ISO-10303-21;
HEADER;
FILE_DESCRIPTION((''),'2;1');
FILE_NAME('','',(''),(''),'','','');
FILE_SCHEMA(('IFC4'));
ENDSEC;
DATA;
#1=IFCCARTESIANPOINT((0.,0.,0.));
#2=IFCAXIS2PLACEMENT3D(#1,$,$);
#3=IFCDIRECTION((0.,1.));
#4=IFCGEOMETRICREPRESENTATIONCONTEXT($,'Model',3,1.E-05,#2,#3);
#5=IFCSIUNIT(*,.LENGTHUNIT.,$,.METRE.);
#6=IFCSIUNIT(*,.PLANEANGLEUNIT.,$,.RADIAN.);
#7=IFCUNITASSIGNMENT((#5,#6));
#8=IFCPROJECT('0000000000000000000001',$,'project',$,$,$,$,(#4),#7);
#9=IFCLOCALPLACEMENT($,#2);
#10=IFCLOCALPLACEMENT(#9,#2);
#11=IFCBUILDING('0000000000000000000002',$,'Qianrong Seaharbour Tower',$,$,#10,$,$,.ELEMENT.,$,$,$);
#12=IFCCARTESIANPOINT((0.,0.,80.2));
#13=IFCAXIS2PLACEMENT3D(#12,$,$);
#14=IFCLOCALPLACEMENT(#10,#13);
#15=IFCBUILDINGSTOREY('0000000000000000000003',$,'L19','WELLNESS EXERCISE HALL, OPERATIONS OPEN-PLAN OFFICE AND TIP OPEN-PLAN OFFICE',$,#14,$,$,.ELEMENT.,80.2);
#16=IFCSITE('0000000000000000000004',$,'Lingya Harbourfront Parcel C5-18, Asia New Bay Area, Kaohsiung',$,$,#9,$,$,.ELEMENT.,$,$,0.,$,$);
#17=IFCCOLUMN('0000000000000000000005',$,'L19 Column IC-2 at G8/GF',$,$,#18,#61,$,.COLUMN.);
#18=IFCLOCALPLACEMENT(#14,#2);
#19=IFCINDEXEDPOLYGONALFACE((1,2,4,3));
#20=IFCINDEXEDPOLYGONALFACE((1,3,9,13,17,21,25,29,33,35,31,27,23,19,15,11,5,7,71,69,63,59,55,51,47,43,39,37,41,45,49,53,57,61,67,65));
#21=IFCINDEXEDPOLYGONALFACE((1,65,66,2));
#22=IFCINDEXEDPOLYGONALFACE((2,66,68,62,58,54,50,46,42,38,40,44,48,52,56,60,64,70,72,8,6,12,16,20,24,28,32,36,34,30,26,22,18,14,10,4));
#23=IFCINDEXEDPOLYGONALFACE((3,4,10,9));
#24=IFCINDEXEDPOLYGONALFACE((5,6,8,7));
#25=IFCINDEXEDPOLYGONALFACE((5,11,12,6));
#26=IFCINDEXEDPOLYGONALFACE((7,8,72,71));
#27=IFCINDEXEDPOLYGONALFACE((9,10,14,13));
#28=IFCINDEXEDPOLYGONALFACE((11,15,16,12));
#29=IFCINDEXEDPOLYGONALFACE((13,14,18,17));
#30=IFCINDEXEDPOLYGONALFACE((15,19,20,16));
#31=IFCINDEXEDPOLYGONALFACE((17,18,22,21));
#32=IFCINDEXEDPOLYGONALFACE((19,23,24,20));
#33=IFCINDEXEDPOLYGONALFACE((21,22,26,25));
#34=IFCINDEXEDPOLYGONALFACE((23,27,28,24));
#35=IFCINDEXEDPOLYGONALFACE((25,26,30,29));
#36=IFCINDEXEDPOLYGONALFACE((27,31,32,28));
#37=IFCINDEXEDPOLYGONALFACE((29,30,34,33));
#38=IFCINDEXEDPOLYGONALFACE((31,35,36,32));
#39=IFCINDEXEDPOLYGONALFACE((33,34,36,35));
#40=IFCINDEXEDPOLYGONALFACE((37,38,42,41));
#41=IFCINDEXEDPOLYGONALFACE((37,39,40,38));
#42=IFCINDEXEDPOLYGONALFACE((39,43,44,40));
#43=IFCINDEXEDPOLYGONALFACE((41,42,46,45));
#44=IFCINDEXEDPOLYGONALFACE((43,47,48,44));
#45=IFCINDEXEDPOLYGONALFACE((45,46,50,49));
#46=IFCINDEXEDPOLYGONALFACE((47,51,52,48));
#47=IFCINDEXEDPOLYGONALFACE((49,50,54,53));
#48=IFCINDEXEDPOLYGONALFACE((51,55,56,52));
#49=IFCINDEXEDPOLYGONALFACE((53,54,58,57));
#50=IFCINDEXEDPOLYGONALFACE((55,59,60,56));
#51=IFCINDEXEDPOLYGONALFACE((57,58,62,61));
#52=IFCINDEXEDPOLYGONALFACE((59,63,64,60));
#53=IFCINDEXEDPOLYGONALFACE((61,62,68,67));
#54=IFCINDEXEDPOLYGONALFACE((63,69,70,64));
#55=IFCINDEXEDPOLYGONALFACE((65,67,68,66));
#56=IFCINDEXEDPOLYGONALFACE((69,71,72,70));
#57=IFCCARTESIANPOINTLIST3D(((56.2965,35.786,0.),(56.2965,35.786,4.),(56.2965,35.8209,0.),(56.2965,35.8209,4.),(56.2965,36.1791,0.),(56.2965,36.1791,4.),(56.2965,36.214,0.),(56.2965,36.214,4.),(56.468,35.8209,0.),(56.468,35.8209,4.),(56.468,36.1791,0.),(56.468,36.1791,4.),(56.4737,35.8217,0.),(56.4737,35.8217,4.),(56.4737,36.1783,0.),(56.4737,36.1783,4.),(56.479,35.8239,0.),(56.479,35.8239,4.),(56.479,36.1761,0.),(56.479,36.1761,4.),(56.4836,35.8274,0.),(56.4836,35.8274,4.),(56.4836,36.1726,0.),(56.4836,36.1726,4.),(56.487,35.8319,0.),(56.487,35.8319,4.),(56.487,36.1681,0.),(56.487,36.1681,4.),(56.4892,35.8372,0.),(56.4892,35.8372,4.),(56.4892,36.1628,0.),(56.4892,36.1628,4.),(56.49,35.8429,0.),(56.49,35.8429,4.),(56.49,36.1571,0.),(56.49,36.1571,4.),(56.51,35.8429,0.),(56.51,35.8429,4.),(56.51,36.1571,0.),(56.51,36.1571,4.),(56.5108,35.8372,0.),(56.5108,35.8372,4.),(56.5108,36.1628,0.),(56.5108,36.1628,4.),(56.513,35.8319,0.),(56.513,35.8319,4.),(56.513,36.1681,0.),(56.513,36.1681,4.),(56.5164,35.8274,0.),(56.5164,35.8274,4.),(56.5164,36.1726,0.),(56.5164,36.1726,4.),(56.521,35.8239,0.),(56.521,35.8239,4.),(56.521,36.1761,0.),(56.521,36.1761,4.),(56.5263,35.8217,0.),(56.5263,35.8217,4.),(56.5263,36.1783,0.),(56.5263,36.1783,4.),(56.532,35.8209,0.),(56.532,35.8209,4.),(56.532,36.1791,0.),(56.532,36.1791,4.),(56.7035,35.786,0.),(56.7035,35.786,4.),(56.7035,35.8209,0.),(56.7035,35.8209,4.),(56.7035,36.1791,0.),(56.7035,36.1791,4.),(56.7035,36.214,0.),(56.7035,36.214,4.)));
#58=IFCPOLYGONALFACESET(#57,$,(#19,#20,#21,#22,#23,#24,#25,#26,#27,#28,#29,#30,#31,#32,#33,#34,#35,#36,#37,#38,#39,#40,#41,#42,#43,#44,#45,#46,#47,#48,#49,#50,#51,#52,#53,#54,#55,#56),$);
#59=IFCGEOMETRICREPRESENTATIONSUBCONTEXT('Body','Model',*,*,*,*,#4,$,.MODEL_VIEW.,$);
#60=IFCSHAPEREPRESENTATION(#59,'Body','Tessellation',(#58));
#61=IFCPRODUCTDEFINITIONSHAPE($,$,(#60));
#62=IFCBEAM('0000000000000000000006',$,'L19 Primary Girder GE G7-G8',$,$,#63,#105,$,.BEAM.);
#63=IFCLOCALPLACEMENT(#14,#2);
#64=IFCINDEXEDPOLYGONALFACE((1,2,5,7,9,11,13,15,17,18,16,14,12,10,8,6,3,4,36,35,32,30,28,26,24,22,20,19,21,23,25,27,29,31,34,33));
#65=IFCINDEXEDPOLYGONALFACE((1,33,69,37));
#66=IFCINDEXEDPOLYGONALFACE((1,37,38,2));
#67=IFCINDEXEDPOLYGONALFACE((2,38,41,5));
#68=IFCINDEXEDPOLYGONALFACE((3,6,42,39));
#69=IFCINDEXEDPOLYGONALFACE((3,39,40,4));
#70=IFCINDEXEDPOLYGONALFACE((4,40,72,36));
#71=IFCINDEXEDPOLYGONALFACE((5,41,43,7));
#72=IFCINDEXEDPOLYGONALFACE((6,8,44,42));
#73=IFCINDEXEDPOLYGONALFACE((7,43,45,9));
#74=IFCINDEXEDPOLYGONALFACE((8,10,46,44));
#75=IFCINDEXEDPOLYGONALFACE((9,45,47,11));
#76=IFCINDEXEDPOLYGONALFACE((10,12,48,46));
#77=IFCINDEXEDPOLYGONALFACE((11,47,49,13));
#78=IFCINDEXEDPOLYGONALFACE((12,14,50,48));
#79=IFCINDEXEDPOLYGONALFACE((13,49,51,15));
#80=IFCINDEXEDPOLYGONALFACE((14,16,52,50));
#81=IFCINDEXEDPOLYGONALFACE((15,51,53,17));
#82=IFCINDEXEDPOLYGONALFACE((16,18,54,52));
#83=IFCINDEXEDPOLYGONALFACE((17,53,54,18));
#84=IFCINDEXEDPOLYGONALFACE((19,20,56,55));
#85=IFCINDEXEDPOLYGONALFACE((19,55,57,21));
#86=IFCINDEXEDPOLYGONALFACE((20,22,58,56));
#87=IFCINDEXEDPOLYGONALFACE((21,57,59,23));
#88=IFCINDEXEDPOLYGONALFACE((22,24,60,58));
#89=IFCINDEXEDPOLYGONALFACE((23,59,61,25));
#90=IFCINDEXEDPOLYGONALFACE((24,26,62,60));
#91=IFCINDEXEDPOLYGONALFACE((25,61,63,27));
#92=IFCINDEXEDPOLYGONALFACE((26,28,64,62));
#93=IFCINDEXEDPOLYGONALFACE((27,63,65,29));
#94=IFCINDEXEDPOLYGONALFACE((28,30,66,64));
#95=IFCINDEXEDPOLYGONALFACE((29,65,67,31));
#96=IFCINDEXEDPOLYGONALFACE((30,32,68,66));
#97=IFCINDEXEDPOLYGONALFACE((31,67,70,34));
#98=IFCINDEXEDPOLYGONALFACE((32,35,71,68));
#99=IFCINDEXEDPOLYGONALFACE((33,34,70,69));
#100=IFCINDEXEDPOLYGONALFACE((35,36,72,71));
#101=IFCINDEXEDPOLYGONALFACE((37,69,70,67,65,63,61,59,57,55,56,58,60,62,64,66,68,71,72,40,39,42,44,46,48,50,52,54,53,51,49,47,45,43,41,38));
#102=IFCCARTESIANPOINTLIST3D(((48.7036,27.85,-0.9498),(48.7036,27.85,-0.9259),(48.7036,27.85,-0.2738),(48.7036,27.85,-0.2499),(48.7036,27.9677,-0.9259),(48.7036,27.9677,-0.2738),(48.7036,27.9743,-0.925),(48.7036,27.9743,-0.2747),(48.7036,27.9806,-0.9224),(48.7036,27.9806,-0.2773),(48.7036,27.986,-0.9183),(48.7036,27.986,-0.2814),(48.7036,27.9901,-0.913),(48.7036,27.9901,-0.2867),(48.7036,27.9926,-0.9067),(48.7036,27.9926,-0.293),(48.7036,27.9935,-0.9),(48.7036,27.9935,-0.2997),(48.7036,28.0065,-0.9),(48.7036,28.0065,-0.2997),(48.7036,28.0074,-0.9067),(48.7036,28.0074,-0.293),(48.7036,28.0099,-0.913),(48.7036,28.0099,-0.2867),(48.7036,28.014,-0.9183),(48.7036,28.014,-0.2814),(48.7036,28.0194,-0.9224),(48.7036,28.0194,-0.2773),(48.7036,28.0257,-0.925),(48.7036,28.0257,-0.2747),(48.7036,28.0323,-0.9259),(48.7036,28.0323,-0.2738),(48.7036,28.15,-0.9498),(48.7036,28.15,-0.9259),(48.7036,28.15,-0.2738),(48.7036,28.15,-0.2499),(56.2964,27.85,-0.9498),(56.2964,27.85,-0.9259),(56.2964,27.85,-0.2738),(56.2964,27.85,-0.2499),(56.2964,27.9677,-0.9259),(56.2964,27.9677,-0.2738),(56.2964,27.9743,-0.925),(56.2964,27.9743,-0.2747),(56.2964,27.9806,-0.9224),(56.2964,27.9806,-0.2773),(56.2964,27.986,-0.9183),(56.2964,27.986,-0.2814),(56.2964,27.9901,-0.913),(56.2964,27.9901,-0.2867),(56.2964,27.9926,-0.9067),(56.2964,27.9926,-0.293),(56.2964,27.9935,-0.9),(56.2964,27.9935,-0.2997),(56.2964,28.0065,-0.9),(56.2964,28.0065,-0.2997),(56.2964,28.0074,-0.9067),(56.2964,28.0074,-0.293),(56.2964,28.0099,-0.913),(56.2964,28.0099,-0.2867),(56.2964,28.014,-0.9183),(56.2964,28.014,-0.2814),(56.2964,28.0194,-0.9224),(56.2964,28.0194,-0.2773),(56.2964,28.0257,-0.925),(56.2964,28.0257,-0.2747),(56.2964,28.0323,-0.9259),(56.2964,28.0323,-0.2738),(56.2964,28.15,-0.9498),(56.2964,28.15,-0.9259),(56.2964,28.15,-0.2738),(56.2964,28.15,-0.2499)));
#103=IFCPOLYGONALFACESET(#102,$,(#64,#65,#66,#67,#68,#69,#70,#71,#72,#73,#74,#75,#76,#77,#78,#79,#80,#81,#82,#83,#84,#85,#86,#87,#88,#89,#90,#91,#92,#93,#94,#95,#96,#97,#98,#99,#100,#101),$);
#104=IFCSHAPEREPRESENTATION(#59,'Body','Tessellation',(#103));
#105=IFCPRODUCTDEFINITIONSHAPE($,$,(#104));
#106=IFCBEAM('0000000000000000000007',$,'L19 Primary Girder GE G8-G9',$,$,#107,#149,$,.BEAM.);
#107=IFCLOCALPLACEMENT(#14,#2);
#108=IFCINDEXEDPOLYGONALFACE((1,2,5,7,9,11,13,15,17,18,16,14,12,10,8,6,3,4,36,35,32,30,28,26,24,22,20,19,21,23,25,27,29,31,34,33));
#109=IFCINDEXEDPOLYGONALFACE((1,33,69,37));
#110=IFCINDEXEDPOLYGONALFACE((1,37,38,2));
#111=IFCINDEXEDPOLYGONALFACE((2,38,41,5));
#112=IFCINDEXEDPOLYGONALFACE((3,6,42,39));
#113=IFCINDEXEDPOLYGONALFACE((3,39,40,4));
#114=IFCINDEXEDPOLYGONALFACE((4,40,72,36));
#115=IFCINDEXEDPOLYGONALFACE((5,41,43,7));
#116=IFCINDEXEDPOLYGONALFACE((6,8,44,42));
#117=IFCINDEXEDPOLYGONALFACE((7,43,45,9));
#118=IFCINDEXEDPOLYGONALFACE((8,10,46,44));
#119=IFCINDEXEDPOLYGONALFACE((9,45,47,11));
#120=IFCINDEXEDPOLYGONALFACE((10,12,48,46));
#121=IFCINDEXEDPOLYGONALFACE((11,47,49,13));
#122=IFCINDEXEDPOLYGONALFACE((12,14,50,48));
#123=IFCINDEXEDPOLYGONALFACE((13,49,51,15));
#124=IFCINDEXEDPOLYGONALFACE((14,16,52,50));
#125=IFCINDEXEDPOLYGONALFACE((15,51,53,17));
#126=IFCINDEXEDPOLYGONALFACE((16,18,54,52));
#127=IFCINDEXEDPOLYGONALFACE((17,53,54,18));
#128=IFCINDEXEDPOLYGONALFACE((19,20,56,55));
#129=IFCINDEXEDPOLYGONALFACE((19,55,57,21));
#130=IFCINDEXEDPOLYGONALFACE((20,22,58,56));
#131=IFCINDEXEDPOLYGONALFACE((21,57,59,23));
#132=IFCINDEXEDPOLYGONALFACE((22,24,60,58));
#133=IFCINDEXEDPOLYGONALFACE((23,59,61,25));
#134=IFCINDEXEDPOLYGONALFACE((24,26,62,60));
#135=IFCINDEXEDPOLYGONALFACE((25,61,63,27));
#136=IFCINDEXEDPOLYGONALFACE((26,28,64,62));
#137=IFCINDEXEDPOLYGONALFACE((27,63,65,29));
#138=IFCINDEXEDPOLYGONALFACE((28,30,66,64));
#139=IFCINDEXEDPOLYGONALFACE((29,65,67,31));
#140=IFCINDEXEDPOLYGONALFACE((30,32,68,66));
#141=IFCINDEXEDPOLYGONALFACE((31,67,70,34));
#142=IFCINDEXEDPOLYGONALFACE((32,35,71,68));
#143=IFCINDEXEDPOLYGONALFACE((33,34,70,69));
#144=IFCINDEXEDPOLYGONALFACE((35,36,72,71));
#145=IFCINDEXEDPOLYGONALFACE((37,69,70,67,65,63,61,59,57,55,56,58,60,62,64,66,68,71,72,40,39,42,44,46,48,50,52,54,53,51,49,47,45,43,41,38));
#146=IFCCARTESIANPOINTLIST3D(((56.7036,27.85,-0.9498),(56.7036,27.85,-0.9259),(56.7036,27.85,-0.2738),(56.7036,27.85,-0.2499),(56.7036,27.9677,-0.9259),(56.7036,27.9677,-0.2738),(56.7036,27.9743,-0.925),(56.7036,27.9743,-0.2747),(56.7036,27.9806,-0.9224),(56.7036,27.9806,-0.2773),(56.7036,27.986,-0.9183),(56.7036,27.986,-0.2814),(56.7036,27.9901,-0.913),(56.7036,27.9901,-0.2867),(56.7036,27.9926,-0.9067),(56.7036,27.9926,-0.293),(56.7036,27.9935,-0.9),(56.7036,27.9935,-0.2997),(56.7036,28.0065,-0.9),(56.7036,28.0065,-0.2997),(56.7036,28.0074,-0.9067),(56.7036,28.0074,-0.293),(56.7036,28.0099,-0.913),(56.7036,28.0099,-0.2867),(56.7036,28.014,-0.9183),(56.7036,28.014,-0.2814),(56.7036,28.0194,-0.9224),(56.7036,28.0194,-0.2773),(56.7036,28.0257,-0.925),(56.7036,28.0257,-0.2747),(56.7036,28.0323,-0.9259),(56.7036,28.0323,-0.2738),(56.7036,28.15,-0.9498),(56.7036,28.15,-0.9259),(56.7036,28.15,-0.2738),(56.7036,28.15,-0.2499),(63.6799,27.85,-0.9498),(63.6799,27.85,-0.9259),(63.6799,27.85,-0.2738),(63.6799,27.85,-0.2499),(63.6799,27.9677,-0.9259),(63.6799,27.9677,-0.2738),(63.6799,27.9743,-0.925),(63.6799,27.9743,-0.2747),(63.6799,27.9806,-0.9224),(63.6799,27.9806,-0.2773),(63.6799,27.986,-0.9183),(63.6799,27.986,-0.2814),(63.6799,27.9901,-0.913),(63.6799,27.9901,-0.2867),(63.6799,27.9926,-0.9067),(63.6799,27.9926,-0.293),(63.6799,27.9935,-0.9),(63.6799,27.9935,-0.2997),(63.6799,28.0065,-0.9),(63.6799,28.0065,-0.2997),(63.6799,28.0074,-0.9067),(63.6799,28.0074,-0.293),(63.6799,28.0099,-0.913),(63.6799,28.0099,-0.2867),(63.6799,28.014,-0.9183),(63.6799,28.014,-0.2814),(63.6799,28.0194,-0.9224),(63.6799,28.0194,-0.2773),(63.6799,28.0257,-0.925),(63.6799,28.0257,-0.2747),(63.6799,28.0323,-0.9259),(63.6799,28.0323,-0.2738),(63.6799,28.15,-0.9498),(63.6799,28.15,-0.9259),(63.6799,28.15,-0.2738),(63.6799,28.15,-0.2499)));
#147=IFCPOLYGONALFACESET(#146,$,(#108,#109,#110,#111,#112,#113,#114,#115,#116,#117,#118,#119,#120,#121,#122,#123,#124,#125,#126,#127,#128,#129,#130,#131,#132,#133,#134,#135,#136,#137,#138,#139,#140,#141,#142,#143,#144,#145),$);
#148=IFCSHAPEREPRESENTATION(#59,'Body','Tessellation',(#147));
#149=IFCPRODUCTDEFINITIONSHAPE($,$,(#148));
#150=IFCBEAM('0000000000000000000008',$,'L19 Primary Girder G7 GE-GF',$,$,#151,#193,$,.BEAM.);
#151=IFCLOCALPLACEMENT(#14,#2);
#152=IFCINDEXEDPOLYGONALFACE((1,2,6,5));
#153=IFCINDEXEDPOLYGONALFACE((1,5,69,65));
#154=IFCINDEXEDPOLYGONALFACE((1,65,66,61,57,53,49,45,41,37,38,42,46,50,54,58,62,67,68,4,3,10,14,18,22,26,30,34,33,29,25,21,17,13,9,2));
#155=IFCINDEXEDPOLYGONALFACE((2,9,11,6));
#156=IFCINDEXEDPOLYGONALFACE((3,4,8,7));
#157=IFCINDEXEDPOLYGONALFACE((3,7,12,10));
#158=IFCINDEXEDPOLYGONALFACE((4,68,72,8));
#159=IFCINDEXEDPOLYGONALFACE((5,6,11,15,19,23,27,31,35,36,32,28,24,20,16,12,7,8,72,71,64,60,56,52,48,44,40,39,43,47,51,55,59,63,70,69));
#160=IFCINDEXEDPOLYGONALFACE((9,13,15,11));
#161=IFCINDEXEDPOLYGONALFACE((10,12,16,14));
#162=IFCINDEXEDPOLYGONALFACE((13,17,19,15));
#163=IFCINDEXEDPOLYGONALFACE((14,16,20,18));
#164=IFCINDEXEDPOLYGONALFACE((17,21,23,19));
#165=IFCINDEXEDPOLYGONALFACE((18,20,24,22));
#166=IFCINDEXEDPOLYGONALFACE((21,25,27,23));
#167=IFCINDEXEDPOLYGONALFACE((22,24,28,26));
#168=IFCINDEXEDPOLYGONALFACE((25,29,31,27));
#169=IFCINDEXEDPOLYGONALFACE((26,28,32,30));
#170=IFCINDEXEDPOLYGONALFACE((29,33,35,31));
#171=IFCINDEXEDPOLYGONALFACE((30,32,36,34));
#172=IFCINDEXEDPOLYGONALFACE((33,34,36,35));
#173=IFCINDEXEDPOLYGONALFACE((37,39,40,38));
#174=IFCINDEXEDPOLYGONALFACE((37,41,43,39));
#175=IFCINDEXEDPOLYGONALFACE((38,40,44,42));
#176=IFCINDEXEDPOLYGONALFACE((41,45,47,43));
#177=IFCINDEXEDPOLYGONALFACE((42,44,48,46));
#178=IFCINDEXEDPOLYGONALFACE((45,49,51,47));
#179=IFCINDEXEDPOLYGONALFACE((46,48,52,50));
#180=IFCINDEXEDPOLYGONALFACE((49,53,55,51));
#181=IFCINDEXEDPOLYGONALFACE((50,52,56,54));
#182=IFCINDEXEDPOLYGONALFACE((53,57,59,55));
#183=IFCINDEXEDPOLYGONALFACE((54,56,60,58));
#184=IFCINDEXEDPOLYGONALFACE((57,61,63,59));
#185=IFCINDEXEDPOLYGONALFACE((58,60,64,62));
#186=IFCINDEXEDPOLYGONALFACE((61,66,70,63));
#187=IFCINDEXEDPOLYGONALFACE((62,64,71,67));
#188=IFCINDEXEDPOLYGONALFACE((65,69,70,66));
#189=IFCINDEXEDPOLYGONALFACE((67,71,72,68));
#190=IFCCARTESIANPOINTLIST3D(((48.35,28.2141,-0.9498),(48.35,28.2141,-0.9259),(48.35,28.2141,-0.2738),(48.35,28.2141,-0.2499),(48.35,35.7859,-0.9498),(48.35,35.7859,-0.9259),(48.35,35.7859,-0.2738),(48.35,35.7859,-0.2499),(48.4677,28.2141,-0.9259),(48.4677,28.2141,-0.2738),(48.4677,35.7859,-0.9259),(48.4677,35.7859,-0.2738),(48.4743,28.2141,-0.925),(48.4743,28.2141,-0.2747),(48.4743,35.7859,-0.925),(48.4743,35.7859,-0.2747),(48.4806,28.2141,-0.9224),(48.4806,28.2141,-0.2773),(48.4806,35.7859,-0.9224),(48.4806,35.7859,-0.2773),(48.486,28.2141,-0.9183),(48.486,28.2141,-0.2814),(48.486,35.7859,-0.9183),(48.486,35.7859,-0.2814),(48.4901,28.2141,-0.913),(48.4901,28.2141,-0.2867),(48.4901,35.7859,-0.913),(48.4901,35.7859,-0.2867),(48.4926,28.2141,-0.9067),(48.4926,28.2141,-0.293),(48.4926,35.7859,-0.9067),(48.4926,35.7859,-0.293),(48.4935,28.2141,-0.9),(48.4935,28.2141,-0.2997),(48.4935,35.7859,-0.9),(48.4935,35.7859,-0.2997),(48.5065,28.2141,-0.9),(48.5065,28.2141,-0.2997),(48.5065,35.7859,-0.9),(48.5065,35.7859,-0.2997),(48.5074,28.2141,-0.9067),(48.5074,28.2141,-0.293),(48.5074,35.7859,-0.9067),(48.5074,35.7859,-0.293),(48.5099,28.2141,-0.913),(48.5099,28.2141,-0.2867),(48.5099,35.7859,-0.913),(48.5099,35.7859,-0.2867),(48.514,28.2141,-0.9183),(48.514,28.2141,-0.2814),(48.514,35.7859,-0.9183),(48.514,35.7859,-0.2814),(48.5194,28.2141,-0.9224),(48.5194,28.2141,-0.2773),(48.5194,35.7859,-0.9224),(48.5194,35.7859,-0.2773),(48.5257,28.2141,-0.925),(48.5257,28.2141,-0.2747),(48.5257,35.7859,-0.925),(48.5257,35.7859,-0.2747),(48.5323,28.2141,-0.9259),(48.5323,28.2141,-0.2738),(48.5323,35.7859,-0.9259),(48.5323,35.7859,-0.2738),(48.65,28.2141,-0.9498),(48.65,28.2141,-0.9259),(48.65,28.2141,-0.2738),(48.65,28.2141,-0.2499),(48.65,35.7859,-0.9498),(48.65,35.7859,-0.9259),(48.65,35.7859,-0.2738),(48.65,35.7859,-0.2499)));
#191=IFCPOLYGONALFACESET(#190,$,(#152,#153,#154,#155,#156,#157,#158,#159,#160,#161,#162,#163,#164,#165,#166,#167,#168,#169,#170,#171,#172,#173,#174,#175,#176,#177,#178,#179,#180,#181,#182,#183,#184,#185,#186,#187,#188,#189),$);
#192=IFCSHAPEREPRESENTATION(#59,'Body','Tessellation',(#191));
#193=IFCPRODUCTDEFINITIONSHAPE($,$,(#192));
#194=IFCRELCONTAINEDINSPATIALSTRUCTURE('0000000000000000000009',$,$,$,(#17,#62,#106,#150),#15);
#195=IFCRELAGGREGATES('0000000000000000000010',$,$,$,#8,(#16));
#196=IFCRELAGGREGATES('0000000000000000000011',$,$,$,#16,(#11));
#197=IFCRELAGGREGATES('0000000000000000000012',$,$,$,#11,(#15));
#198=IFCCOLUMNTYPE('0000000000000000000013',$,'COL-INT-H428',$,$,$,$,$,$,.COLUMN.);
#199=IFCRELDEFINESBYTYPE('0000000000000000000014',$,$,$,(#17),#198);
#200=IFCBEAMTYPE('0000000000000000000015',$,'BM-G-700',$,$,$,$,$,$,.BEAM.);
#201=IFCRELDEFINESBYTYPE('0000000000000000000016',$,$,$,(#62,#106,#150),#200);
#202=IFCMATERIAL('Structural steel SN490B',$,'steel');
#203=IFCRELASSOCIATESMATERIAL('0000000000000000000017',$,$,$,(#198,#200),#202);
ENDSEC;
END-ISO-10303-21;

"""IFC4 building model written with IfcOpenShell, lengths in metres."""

from ifc_helpers import new_model, si_unit, direction, frame, origin, origin_2d, place, context, subcontext, project, spatial, i_section, extrude, material, material_profile, profile_set, type_object, element, save


model = new_model("IFC4")

# Units and contexts
model_context = context("Model", 3, precision=1e-05, world=origin(), true_north=direction((0.0, 1.0)))
body_context = subcontext(model_context, "Body", "Model", "MODEL_VIEW")
ifc_project = project(units=[si_unit("LENGTHUNIT", "METRE"), si_unit("PLANEANGLEUNIT", "RADIAN")], contexts=[model_context])

# Site, building, storey
site_placement = place(None, origin())
site = spatial("IfcSite", under=ifc_project, at=site_placement, Name="Lingya Harbourfront Parcel C5-18, Asia New Bay Area, Kaohsiung", CompositionType="ELEMENT", RefElevation=0.0)
building_placement = place(site_placement, origin())
building = spatial("IfcBuilding", under=site, at=building_placement, Name="Qianrong Seaharbour Tower", CompositionType="ELEMENT")
storey_placement = place(building_placement, frame((0.0, 0.0, 80.2)))
storey = spatial("IfcBuildingStorey", under=building, at=storey_placement, Name="L19", Description="WELLNESS EXERCISE HALL, OPERATIONS OPEN-PLAN OFFICE AND TIP OPEN-PLAN OFFICE", CompositionType="ELEMENT", Elevation=80.2)

# Column
ifc_material_1 = material(Name="Structural steel SN490B", Category="steel")
ifc_material_profile_1 = material_profile(ifc_material_1, i_section(OverallWidth=0.407, OverallDepth=0.428, WebThickness=0.02, FlangeThickness=0.0349, FilletRadius=0.022, at=origin_2d()), Name="H428x407x20x35")
ifc_profile_set_1 = profile_set([ifc_material_profile_1], Name="Structural steel SN490B")
column_type_1 = type_object("IfcColumnType", Name="COL-INT-H428", PredefinedType="COLUMN", material=ifc_profile_set_1)
for number, where, z_axis, x_axis, name in (
    (1, (56.5, 36.0, 0.0), (0.0, 0.0, 1.0), (1.0, 0.0, 0.0), "L19 Column IC-2 at G8/GF"),
):
    element("IfcColumn", number, at=place(storey_placement, frame(where, z_axis=z_axis, x_axis=x_axis)), inside=storey, type_object=column_type_1, Name=name, PredefinedType="COLUMN", context=body_context, shape_type="SweptSolid", body=[
        extrude(i_section(OverallWidth=0.407, OverallDepth=0.428, WebThickness=0.02, FlangeThickness=0.0349, FilletRadius=0.022, at=origin_2d()), origin(), (0.0, 0.0, 1.0), 4.0),
    ])

# Beams
ifc_material_profile_2 = material_profile(ifc_material_1, i_section(OverallWidth=0.3, OverallDepth=0.7, WebThickness=0.0129, FlangeThickness=0.0239, FilletRadius=0.0259, at=origin_2d()), Name="H700x300x13x24")
ifc_profile_set_2 = profile_set([ifc_material_profile_2], Name="Structural steel SN490B")
beam_type_1 = type_object("IfcBeamType", Name="BM-G-700", PredefinedType="BEAM", material=ifc_profile_set_2)
beam_1_placement = place(storey_placement, frame((48.7036, 28.0, -0.5999), z_axis=(1.0, 0.0, 0.0), x_axis=(0.0, 1.0, 0.0)))
element("IfcBeam", 2, at=beam_1_placement, inside=storey, type_object=beam_type_1, Name="L19 Primary Girder GE G7-G8", PredefinedType="BEAM", context=body_context, shape_type="SweptSolid", body=[
    extrude(i_section(OverallWidth=0.3, OverallDepth=0.7, WebThickness=0.0129, FlangeThickness=0.0239, FilletRadius=0.0259, at=origin_2d()), origin(), (0.0, 0.0, 1.0), 7.5928),
])
beam_2_placement = place(storey_placement, frame((56.7036, 28.0, -0.5999), z_axis=(1.0, 0.0, 0.0), x_axis=(0.0, 1.0, 0.0)))
element("IfcBeam", 3, at=beam_2_placement, inside=storey, type_object=beam_type_1, Name="L19 Primary Girder GE G8-G9", PredefinedType="BEAM", context=body_context, shape_type="SweptSolid", body=[
    extrude(i_section(OverallWidth=0.3, OverallDepth=0.7, WebThickness=0.0129, FlangeThickness=0.0239, FilletRadius=0.0259, at=origin_2d()), origin(), (0.0, 0.0, 1.0), 6.9763),
])
for number, where, z_axis, x_axis, name in (
    (4, (48.5, 28.2141, -0.5999), (0.0, 1.0, 0.0), (-1.0, 0.0, 0.0), "L19 Primary Girder G7 GE-GF"),
):
    element("IfcBeam", number, at=place(storey_placement, frame(where, z_axis=z_axis, x_axis=x_axis)), inside=storey, type_object=beam_type_1, Name=name, PredefinedType="BEAM", context=body_context, shape_type="SweptSolid", body=[
        extrude(i_section(OverallWidth=0.3, OverallDepth=0.7, WebThickness=0.0129, FlangeThickness=0.0239, FilletRadius=0.0259, at=origin_2d()), origin(), (0.0, 0.0, 1.0), 7.5718),
    ])

save(model, "model.ifc")
